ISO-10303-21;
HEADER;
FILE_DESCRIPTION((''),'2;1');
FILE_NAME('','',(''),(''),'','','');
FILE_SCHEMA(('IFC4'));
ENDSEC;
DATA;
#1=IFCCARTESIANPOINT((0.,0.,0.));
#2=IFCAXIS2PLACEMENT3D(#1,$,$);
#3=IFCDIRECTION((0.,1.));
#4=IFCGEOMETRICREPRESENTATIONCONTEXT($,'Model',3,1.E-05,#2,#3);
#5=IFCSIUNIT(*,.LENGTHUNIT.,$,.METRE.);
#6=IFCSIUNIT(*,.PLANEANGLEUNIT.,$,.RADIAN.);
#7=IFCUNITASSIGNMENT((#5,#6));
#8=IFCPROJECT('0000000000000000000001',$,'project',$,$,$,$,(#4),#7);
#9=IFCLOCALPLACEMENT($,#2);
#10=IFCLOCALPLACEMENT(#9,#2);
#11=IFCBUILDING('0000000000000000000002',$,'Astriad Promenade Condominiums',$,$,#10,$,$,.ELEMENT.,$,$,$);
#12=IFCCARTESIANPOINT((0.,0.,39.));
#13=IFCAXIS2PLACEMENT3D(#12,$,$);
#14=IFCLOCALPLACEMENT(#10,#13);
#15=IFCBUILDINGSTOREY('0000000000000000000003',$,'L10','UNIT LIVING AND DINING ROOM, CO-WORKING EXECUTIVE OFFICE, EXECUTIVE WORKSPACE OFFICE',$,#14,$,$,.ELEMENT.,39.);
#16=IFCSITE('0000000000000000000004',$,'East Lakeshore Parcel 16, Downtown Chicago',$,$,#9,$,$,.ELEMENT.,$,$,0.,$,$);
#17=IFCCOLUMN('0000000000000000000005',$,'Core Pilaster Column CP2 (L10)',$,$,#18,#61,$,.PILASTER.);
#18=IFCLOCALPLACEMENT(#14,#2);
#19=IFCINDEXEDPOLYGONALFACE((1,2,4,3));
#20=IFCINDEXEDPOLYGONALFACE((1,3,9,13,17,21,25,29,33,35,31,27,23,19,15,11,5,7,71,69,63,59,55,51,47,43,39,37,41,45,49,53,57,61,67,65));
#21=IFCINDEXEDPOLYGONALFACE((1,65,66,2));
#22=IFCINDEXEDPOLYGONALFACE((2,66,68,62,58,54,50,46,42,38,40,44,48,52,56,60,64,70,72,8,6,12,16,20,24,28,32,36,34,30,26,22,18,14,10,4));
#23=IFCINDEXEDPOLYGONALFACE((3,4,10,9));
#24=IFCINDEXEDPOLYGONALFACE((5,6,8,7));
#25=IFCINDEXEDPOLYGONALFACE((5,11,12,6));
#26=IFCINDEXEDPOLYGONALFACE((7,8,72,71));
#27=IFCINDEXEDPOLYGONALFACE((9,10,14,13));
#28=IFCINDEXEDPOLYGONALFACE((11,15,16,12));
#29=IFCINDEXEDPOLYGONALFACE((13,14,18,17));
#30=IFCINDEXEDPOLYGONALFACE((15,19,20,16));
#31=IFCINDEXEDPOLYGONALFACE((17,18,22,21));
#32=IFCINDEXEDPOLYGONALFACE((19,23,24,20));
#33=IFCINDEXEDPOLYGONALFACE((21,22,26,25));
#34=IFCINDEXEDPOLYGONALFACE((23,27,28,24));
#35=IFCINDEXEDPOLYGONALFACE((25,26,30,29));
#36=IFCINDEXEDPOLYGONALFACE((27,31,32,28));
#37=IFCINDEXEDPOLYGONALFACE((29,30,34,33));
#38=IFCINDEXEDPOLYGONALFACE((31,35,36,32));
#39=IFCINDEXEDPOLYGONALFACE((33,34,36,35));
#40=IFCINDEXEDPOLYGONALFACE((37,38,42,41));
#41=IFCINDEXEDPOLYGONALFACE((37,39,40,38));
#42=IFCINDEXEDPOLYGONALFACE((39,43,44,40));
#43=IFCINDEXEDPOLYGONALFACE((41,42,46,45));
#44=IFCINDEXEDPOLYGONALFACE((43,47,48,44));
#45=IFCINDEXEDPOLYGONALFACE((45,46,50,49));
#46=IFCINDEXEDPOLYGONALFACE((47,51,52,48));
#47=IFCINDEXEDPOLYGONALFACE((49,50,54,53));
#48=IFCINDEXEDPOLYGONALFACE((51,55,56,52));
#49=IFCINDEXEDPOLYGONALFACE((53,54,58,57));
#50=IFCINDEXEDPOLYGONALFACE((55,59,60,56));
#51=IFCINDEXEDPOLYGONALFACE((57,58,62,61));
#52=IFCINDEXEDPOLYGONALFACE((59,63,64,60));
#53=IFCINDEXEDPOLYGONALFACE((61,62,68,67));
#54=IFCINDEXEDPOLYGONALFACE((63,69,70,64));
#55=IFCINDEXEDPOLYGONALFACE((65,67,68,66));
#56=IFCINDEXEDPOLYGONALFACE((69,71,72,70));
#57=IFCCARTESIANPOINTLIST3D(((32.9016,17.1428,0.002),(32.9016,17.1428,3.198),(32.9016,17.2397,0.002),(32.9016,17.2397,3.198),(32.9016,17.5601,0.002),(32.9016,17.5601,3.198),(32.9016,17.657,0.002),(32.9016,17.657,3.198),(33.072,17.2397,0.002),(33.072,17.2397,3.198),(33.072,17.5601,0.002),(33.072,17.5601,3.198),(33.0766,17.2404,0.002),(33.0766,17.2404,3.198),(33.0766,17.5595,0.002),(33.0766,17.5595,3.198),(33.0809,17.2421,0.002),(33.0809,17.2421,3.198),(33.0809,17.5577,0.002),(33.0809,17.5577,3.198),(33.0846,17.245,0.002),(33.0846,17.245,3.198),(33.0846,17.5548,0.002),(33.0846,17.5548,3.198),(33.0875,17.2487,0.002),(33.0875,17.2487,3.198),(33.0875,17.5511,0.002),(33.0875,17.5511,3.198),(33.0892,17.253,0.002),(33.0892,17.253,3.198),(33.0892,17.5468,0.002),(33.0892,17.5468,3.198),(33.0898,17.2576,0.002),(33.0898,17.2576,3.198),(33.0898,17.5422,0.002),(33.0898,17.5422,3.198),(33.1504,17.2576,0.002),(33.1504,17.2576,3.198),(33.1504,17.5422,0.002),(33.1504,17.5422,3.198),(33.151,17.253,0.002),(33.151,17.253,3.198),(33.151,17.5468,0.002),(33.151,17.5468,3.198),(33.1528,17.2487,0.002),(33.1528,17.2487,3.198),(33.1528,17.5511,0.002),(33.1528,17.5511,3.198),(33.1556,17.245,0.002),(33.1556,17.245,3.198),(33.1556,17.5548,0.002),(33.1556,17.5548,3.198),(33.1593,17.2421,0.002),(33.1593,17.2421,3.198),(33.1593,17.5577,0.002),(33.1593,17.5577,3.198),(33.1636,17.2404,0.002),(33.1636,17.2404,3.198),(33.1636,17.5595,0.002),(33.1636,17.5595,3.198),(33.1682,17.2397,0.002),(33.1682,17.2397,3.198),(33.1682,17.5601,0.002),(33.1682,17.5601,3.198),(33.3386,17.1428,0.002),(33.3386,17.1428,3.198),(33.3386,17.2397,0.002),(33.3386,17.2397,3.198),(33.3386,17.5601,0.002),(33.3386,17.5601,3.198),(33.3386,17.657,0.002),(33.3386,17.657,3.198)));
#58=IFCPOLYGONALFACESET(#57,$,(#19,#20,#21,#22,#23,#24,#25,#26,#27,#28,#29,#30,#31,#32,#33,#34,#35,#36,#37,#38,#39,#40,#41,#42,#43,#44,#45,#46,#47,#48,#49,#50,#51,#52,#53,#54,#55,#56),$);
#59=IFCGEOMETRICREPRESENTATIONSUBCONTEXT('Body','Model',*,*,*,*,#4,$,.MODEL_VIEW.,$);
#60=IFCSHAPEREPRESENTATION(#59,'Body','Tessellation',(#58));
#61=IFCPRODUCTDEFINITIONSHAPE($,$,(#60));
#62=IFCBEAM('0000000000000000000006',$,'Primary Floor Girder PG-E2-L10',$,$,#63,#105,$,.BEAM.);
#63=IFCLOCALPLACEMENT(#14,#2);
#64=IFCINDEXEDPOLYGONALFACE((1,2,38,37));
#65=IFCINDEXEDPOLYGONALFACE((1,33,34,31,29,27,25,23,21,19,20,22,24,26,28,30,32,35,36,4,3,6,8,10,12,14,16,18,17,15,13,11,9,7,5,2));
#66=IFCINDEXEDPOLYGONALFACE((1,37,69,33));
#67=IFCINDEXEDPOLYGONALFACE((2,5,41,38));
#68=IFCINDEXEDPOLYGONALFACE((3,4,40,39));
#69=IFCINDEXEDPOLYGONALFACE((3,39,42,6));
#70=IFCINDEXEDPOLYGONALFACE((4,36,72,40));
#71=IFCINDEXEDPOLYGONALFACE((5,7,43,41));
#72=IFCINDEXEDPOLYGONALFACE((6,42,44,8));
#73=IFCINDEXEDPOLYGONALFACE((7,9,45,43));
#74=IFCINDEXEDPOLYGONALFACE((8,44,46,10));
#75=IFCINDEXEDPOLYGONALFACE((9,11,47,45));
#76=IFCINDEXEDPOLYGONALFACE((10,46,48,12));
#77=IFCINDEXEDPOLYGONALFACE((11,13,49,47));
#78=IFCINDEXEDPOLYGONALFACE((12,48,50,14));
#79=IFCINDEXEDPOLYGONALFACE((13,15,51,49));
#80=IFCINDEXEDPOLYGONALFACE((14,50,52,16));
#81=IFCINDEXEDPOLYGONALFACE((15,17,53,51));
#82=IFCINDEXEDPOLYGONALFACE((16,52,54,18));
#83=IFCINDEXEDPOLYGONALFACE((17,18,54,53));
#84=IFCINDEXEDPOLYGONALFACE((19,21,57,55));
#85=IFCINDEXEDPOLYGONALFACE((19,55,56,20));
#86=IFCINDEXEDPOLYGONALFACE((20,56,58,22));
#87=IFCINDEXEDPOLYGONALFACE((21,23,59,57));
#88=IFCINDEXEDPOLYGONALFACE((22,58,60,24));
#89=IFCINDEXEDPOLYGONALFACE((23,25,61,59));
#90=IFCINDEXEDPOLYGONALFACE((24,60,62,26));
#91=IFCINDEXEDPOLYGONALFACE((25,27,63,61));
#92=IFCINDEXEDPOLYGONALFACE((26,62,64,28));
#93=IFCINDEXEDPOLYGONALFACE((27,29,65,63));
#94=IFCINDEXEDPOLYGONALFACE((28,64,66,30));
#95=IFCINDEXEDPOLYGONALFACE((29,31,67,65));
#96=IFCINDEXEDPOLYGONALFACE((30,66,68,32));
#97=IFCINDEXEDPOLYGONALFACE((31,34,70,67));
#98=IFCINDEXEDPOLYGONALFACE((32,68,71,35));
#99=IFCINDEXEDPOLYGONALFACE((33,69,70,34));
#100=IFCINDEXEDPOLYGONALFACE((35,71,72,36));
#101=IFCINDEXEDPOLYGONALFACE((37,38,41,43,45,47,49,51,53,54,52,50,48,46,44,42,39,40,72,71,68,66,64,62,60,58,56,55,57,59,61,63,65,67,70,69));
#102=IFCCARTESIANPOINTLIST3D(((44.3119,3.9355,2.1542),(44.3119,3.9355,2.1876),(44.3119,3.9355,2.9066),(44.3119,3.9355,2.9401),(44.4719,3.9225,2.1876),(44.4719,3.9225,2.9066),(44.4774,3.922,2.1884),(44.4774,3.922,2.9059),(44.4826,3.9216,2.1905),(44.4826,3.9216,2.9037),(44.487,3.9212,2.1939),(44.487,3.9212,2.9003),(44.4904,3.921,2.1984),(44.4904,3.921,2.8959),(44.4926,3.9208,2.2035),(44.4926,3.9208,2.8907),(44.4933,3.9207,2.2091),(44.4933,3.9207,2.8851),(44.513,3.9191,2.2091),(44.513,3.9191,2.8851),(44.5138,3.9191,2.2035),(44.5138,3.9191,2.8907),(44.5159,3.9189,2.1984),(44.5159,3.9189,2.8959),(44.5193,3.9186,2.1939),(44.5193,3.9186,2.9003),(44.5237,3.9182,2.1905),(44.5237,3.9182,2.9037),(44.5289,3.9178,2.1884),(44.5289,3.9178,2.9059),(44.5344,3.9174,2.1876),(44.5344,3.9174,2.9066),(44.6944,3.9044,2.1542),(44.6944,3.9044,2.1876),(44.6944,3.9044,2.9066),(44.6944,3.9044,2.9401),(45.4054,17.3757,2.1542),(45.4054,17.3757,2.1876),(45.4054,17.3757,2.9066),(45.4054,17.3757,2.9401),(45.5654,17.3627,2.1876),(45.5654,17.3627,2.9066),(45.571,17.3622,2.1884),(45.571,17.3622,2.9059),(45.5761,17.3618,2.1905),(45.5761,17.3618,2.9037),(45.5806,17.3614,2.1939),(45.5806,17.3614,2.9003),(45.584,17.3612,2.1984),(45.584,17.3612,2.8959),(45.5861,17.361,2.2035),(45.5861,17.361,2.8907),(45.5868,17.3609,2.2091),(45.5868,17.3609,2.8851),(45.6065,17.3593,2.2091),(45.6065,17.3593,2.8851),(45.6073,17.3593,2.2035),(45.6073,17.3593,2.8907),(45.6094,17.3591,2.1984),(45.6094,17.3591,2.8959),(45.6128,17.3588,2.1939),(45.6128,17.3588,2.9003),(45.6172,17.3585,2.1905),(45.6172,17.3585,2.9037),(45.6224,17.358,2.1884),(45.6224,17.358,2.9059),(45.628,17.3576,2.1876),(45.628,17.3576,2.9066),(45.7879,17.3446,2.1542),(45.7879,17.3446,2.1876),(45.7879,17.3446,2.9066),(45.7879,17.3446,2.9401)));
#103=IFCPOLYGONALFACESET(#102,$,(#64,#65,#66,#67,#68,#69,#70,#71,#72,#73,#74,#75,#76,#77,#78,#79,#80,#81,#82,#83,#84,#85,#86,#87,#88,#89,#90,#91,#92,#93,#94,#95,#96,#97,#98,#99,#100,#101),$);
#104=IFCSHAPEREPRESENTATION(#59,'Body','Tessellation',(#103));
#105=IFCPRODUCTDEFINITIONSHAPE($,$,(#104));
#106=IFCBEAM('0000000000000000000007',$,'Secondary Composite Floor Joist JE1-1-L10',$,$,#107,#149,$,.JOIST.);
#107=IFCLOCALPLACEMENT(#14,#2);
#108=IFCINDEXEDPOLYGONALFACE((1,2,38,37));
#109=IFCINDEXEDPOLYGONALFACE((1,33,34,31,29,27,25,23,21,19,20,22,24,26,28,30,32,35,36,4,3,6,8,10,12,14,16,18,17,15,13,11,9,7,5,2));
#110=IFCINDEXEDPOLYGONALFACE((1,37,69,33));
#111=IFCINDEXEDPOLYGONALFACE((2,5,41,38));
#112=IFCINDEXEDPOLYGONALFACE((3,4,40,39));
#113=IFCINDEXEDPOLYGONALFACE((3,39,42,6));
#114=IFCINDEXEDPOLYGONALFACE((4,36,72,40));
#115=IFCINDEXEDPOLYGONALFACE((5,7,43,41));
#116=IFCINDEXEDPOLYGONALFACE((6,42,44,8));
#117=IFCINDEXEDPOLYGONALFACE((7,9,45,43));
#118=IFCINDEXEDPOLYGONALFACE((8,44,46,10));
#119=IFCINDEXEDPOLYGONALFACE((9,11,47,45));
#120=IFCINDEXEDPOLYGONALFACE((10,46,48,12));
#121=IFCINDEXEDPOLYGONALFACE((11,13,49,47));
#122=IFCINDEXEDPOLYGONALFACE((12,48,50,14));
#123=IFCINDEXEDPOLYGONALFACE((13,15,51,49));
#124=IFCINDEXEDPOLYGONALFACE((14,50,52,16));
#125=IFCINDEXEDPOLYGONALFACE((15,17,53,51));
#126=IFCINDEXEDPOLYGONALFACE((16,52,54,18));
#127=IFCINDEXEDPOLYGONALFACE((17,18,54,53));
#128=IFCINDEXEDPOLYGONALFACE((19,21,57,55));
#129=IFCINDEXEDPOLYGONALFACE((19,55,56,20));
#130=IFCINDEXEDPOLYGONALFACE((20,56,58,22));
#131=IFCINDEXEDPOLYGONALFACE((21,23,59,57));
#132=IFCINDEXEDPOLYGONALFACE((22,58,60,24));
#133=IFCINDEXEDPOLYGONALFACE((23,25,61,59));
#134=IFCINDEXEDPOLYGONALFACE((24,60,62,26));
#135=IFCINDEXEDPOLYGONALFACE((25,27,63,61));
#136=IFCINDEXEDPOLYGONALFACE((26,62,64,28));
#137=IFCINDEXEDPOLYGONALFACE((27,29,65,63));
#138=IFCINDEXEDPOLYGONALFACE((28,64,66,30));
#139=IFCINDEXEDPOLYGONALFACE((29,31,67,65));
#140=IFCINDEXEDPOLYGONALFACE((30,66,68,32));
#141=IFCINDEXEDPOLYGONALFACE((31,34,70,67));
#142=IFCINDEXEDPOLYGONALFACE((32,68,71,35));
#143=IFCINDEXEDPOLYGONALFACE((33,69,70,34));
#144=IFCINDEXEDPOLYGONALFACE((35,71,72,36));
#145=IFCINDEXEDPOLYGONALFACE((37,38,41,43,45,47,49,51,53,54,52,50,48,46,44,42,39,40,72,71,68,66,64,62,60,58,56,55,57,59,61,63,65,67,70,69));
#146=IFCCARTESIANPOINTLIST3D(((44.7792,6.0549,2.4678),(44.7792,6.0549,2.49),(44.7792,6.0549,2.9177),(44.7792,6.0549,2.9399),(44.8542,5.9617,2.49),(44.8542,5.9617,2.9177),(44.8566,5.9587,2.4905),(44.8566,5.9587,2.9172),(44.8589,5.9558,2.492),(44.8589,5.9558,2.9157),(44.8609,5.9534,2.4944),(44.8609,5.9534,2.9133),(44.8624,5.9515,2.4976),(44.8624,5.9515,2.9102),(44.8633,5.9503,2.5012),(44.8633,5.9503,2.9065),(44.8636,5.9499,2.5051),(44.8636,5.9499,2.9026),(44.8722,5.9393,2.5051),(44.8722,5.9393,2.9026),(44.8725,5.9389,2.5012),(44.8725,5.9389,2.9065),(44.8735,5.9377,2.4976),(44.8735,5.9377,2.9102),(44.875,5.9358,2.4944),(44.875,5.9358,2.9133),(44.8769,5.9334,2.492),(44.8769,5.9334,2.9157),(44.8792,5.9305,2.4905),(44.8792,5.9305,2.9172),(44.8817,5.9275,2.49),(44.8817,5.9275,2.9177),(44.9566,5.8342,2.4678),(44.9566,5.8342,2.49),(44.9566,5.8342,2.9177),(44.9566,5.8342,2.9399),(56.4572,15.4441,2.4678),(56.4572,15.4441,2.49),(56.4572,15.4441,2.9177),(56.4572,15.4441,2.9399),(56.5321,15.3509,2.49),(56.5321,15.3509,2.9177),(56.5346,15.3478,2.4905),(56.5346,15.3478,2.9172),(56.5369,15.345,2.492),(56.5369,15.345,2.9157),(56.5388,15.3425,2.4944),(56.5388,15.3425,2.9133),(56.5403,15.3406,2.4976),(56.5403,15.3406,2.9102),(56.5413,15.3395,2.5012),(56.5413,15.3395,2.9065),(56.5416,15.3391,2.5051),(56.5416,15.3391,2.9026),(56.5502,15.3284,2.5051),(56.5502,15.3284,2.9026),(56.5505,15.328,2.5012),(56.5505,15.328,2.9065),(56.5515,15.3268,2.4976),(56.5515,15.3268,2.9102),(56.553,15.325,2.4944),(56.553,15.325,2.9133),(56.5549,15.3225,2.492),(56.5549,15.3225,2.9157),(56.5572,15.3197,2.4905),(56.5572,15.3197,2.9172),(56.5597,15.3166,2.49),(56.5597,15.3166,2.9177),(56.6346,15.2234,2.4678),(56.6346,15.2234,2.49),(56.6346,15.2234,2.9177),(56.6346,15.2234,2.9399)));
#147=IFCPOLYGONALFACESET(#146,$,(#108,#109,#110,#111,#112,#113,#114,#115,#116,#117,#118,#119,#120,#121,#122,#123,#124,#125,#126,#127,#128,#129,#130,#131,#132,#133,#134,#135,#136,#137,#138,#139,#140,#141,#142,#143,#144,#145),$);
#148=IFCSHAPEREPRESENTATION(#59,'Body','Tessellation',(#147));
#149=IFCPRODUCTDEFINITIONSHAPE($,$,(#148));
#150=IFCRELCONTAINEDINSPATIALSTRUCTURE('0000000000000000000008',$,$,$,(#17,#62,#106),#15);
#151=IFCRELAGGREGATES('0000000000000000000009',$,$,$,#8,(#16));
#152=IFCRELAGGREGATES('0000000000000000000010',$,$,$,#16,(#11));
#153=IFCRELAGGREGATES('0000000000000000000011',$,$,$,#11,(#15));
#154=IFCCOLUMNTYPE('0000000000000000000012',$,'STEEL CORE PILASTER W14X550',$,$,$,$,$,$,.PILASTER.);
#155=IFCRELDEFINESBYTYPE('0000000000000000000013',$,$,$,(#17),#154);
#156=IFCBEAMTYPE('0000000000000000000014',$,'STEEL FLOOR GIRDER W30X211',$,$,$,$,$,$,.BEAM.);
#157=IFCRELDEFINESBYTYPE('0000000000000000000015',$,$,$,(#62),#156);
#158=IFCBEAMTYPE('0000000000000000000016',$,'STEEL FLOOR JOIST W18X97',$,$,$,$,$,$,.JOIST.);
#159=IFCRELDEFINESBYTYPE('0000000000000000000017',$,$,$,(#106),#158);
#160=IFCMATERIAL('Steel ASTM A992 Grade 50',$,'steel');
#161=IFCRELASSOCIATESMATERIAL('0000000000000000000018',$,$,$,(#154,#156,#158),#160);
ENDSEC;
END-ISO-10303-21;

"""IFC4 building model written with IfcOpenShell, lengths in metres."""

from ifc_helpers import new_model, si_unit, direction, frame, origin, origin_2d, place, context, subcontext, project, spatial, i_section, extrude, source, transform, mapped, material, material_profile, profile_set, type_object, type_shapes, element, save


model = new_model("IFC4")

# Units and contexts
model_context = context("Model", 3, precision=1e-05, world=origin(), true_north=direction((0.0, 1.0)))
body_context = subcontext(model_context, "Body", "Model", "MODEL_VIEW")
ifc_project = project(units=[si_unit("LENGTHUNIT", "METRE"), si_unit("PLANEANGLEUNIT", "RADIAN")], contexts=[model_context])

# Site, building, storey
site_placement = place(None, origin())
site = spatial("IfcSite", under=ifc_project, at=site_placement, Name="East Lakeshore Parcel 16, Downtown Chicago", CompositionType="ELEMENT", RefElevation=0.0)
building_placement = place(site_placement, origin())
building = spatial("IfcBuilding", under=site, at=building_placement, Name="Astriad Promenade Condominiums", CompositionType="ELEMENT")
storey_placement = place(building_placement, frame((0.0, 0.0, 39.0)))
storey = spatial("IfcBuildingStorey", under=building, at=storey_placement, Name="L10", Description="UNIT LIVING AND DINING ROOM, CO-WORKING EXECUTIVE OFFICE, EXECUTIVE WORKSPACE OFFICE", CompositionType="ELEMENT", Elevation=39.0)

# Column
ifc_material_1 = material(Name="Steel ASTM A992 Grade 50", Category="steel")
ifc_material_profile_1 = material_profile(ifc_material_1, i_section(OverallWidth=0.437, OverallDepth=0.5142, WebThickness=0.0605, FlangeThickness=0.0969, FilletRadius=0.0178, at=origin_2d()), Name="W14X550")
ifc_profile_set_1 = profile_set([ifc_material_profile_1], Name="Steel ASTM A992 Grade 50")
column_type = type_object("IfcColumnType", Name="STEEL CORE PILASTER W14X550", PredefinedType="PILASTER", material=ifc_profile_set_1)
shared_shape_1 = source(origin(), body_context, "Body", "SweptSolid", [
    extrude(i_section(OverallWidth=0.437, OverallDepth=0.5142, WebThickness=0.0605, FlangeThickness=0.0969, FilletRadius=0.0178, at=origin_2d()), origin(), (0.0, 0.0, 1.0), 3.196),
])
type_shapes(column_type, [shared_shape_1])
column_placement = place(storey_placement, frame((33.1201, 17.3999, 0.002), z_axis=(0.0, 0.0, 1.0), x_axis=(1.0, 0.0, 0.0)))
element("IfcColumn", 1, at=column_placement, inside=storey, type_object=column_type, Name="Core Pilaster Column CP2 (L10)", PredefinedType="PILASTER", context=body_context, shape_type="MappedRepresentation", body=[
    mapped(shared_shape_1, transform((0.0, 0.0, 0.0), scale=1.0)),
])

# Beams
ifc_material_profile_2 = material_profile(ifc_material_1, i_section(OverallWidth=0.3838, OverallDepth=0.7859, WebThickness=0.0198, FlangeThickness=0.0334, FilletRadius=0.0215, at=origin_2d()), Name="W30X211")
ifc_profile_set_2 = profile_set([ifc_material_profile_2], Name="Steel ASTM A992 Grade 50")
beam_type_1 = type_object("IfcBeamType", Name="STEEL FLOOR GIRDER W30X211", PredefinedType="BEAM", material=ifc_profile_set_2)
shared_shape_2 = source(origin(), body_context, "Body", "SweptSolid", [
    extrude(i_section(OverallWidth=0.3838, OverallDepth=0.7859, WebThickness=0.0198, FlangeThickness=0.0334, FilletRadius=0.0215, at=origin_2d()), origin(), (0.0, 0.0, 1.0), 13.4846),
])
type_shapes(beam_type_1, [shared_shape_2])
beam_1_placement = place(storey_placement, frame((44.5032, 3.9199, 2.5471), z_axis=(0.081093, 0.996707, 0.0), x_axis=(-0.996707, 0.081093, 0.0)))
element("IfcBeam", 2, at=beam_1_placement, inside=storey, type_object=beam_type_1, Name="Primary Floor Girder PG-E2-L10", PredefinedType="BEAM", context=body_context, shape_type="MappedRepresentation", body=[
    mapped(shared_shape_2, transform((0.0, 0.0, 0.0), scale=1.0)),
])
ifc_material_profile_3 = material_profile(ifc_material_1, i_section(OverallWidth=0.2832, OverallDepth=0.4722, WebThickness=0.0137, FlangeThickness=0.0222, FilletRadius=0.0151, at=origin_2d()), Name="W18X97")
ifc_profile_set_3 = profile_set([ifc_material_profile_3], Name="Steel ASTM A992 Grade 50")
beam_type_2 = type_object("IfcBeamType", Name="STEEL FLOOR JOIST W18X97", PredefinedType="JOIST", material=ifc_profile_set_3)
shared_shape_3 = source(origin(), body_context, "Body", "SweptSolid", [
    extrude(i_section(OverallWidth=0.2832, OverallDepth=0.4722, WebThickness=0.0137, FlangeThickness=0.0222, FilletRadius=0.0151, at=origin_2d()), origin(), (0.0, 0.0, 1.0), 14.9844),
])
beam_2_placement = place(storey_placement, frame((44.8679, 5.9446, 2.7039), z_axis=(0.779344, 0.626597, 0.0), x_axis=(-0.626597, 0.779344, 0.0)))
element("IfcBeam", 3, at=beam_2_placement, inside=storey, type_object=beam_type_2, Name="Secondary Composite Floor Joist JE1-1-L10", PredefinedType="JOIST", context=body_context, shape_type="MappedRepresentation", body=[
    mapped(shared_shape_3, transform((0.0, 0.0, 0.0), scale=1.0)),
])

save(model, "model.ifc")
